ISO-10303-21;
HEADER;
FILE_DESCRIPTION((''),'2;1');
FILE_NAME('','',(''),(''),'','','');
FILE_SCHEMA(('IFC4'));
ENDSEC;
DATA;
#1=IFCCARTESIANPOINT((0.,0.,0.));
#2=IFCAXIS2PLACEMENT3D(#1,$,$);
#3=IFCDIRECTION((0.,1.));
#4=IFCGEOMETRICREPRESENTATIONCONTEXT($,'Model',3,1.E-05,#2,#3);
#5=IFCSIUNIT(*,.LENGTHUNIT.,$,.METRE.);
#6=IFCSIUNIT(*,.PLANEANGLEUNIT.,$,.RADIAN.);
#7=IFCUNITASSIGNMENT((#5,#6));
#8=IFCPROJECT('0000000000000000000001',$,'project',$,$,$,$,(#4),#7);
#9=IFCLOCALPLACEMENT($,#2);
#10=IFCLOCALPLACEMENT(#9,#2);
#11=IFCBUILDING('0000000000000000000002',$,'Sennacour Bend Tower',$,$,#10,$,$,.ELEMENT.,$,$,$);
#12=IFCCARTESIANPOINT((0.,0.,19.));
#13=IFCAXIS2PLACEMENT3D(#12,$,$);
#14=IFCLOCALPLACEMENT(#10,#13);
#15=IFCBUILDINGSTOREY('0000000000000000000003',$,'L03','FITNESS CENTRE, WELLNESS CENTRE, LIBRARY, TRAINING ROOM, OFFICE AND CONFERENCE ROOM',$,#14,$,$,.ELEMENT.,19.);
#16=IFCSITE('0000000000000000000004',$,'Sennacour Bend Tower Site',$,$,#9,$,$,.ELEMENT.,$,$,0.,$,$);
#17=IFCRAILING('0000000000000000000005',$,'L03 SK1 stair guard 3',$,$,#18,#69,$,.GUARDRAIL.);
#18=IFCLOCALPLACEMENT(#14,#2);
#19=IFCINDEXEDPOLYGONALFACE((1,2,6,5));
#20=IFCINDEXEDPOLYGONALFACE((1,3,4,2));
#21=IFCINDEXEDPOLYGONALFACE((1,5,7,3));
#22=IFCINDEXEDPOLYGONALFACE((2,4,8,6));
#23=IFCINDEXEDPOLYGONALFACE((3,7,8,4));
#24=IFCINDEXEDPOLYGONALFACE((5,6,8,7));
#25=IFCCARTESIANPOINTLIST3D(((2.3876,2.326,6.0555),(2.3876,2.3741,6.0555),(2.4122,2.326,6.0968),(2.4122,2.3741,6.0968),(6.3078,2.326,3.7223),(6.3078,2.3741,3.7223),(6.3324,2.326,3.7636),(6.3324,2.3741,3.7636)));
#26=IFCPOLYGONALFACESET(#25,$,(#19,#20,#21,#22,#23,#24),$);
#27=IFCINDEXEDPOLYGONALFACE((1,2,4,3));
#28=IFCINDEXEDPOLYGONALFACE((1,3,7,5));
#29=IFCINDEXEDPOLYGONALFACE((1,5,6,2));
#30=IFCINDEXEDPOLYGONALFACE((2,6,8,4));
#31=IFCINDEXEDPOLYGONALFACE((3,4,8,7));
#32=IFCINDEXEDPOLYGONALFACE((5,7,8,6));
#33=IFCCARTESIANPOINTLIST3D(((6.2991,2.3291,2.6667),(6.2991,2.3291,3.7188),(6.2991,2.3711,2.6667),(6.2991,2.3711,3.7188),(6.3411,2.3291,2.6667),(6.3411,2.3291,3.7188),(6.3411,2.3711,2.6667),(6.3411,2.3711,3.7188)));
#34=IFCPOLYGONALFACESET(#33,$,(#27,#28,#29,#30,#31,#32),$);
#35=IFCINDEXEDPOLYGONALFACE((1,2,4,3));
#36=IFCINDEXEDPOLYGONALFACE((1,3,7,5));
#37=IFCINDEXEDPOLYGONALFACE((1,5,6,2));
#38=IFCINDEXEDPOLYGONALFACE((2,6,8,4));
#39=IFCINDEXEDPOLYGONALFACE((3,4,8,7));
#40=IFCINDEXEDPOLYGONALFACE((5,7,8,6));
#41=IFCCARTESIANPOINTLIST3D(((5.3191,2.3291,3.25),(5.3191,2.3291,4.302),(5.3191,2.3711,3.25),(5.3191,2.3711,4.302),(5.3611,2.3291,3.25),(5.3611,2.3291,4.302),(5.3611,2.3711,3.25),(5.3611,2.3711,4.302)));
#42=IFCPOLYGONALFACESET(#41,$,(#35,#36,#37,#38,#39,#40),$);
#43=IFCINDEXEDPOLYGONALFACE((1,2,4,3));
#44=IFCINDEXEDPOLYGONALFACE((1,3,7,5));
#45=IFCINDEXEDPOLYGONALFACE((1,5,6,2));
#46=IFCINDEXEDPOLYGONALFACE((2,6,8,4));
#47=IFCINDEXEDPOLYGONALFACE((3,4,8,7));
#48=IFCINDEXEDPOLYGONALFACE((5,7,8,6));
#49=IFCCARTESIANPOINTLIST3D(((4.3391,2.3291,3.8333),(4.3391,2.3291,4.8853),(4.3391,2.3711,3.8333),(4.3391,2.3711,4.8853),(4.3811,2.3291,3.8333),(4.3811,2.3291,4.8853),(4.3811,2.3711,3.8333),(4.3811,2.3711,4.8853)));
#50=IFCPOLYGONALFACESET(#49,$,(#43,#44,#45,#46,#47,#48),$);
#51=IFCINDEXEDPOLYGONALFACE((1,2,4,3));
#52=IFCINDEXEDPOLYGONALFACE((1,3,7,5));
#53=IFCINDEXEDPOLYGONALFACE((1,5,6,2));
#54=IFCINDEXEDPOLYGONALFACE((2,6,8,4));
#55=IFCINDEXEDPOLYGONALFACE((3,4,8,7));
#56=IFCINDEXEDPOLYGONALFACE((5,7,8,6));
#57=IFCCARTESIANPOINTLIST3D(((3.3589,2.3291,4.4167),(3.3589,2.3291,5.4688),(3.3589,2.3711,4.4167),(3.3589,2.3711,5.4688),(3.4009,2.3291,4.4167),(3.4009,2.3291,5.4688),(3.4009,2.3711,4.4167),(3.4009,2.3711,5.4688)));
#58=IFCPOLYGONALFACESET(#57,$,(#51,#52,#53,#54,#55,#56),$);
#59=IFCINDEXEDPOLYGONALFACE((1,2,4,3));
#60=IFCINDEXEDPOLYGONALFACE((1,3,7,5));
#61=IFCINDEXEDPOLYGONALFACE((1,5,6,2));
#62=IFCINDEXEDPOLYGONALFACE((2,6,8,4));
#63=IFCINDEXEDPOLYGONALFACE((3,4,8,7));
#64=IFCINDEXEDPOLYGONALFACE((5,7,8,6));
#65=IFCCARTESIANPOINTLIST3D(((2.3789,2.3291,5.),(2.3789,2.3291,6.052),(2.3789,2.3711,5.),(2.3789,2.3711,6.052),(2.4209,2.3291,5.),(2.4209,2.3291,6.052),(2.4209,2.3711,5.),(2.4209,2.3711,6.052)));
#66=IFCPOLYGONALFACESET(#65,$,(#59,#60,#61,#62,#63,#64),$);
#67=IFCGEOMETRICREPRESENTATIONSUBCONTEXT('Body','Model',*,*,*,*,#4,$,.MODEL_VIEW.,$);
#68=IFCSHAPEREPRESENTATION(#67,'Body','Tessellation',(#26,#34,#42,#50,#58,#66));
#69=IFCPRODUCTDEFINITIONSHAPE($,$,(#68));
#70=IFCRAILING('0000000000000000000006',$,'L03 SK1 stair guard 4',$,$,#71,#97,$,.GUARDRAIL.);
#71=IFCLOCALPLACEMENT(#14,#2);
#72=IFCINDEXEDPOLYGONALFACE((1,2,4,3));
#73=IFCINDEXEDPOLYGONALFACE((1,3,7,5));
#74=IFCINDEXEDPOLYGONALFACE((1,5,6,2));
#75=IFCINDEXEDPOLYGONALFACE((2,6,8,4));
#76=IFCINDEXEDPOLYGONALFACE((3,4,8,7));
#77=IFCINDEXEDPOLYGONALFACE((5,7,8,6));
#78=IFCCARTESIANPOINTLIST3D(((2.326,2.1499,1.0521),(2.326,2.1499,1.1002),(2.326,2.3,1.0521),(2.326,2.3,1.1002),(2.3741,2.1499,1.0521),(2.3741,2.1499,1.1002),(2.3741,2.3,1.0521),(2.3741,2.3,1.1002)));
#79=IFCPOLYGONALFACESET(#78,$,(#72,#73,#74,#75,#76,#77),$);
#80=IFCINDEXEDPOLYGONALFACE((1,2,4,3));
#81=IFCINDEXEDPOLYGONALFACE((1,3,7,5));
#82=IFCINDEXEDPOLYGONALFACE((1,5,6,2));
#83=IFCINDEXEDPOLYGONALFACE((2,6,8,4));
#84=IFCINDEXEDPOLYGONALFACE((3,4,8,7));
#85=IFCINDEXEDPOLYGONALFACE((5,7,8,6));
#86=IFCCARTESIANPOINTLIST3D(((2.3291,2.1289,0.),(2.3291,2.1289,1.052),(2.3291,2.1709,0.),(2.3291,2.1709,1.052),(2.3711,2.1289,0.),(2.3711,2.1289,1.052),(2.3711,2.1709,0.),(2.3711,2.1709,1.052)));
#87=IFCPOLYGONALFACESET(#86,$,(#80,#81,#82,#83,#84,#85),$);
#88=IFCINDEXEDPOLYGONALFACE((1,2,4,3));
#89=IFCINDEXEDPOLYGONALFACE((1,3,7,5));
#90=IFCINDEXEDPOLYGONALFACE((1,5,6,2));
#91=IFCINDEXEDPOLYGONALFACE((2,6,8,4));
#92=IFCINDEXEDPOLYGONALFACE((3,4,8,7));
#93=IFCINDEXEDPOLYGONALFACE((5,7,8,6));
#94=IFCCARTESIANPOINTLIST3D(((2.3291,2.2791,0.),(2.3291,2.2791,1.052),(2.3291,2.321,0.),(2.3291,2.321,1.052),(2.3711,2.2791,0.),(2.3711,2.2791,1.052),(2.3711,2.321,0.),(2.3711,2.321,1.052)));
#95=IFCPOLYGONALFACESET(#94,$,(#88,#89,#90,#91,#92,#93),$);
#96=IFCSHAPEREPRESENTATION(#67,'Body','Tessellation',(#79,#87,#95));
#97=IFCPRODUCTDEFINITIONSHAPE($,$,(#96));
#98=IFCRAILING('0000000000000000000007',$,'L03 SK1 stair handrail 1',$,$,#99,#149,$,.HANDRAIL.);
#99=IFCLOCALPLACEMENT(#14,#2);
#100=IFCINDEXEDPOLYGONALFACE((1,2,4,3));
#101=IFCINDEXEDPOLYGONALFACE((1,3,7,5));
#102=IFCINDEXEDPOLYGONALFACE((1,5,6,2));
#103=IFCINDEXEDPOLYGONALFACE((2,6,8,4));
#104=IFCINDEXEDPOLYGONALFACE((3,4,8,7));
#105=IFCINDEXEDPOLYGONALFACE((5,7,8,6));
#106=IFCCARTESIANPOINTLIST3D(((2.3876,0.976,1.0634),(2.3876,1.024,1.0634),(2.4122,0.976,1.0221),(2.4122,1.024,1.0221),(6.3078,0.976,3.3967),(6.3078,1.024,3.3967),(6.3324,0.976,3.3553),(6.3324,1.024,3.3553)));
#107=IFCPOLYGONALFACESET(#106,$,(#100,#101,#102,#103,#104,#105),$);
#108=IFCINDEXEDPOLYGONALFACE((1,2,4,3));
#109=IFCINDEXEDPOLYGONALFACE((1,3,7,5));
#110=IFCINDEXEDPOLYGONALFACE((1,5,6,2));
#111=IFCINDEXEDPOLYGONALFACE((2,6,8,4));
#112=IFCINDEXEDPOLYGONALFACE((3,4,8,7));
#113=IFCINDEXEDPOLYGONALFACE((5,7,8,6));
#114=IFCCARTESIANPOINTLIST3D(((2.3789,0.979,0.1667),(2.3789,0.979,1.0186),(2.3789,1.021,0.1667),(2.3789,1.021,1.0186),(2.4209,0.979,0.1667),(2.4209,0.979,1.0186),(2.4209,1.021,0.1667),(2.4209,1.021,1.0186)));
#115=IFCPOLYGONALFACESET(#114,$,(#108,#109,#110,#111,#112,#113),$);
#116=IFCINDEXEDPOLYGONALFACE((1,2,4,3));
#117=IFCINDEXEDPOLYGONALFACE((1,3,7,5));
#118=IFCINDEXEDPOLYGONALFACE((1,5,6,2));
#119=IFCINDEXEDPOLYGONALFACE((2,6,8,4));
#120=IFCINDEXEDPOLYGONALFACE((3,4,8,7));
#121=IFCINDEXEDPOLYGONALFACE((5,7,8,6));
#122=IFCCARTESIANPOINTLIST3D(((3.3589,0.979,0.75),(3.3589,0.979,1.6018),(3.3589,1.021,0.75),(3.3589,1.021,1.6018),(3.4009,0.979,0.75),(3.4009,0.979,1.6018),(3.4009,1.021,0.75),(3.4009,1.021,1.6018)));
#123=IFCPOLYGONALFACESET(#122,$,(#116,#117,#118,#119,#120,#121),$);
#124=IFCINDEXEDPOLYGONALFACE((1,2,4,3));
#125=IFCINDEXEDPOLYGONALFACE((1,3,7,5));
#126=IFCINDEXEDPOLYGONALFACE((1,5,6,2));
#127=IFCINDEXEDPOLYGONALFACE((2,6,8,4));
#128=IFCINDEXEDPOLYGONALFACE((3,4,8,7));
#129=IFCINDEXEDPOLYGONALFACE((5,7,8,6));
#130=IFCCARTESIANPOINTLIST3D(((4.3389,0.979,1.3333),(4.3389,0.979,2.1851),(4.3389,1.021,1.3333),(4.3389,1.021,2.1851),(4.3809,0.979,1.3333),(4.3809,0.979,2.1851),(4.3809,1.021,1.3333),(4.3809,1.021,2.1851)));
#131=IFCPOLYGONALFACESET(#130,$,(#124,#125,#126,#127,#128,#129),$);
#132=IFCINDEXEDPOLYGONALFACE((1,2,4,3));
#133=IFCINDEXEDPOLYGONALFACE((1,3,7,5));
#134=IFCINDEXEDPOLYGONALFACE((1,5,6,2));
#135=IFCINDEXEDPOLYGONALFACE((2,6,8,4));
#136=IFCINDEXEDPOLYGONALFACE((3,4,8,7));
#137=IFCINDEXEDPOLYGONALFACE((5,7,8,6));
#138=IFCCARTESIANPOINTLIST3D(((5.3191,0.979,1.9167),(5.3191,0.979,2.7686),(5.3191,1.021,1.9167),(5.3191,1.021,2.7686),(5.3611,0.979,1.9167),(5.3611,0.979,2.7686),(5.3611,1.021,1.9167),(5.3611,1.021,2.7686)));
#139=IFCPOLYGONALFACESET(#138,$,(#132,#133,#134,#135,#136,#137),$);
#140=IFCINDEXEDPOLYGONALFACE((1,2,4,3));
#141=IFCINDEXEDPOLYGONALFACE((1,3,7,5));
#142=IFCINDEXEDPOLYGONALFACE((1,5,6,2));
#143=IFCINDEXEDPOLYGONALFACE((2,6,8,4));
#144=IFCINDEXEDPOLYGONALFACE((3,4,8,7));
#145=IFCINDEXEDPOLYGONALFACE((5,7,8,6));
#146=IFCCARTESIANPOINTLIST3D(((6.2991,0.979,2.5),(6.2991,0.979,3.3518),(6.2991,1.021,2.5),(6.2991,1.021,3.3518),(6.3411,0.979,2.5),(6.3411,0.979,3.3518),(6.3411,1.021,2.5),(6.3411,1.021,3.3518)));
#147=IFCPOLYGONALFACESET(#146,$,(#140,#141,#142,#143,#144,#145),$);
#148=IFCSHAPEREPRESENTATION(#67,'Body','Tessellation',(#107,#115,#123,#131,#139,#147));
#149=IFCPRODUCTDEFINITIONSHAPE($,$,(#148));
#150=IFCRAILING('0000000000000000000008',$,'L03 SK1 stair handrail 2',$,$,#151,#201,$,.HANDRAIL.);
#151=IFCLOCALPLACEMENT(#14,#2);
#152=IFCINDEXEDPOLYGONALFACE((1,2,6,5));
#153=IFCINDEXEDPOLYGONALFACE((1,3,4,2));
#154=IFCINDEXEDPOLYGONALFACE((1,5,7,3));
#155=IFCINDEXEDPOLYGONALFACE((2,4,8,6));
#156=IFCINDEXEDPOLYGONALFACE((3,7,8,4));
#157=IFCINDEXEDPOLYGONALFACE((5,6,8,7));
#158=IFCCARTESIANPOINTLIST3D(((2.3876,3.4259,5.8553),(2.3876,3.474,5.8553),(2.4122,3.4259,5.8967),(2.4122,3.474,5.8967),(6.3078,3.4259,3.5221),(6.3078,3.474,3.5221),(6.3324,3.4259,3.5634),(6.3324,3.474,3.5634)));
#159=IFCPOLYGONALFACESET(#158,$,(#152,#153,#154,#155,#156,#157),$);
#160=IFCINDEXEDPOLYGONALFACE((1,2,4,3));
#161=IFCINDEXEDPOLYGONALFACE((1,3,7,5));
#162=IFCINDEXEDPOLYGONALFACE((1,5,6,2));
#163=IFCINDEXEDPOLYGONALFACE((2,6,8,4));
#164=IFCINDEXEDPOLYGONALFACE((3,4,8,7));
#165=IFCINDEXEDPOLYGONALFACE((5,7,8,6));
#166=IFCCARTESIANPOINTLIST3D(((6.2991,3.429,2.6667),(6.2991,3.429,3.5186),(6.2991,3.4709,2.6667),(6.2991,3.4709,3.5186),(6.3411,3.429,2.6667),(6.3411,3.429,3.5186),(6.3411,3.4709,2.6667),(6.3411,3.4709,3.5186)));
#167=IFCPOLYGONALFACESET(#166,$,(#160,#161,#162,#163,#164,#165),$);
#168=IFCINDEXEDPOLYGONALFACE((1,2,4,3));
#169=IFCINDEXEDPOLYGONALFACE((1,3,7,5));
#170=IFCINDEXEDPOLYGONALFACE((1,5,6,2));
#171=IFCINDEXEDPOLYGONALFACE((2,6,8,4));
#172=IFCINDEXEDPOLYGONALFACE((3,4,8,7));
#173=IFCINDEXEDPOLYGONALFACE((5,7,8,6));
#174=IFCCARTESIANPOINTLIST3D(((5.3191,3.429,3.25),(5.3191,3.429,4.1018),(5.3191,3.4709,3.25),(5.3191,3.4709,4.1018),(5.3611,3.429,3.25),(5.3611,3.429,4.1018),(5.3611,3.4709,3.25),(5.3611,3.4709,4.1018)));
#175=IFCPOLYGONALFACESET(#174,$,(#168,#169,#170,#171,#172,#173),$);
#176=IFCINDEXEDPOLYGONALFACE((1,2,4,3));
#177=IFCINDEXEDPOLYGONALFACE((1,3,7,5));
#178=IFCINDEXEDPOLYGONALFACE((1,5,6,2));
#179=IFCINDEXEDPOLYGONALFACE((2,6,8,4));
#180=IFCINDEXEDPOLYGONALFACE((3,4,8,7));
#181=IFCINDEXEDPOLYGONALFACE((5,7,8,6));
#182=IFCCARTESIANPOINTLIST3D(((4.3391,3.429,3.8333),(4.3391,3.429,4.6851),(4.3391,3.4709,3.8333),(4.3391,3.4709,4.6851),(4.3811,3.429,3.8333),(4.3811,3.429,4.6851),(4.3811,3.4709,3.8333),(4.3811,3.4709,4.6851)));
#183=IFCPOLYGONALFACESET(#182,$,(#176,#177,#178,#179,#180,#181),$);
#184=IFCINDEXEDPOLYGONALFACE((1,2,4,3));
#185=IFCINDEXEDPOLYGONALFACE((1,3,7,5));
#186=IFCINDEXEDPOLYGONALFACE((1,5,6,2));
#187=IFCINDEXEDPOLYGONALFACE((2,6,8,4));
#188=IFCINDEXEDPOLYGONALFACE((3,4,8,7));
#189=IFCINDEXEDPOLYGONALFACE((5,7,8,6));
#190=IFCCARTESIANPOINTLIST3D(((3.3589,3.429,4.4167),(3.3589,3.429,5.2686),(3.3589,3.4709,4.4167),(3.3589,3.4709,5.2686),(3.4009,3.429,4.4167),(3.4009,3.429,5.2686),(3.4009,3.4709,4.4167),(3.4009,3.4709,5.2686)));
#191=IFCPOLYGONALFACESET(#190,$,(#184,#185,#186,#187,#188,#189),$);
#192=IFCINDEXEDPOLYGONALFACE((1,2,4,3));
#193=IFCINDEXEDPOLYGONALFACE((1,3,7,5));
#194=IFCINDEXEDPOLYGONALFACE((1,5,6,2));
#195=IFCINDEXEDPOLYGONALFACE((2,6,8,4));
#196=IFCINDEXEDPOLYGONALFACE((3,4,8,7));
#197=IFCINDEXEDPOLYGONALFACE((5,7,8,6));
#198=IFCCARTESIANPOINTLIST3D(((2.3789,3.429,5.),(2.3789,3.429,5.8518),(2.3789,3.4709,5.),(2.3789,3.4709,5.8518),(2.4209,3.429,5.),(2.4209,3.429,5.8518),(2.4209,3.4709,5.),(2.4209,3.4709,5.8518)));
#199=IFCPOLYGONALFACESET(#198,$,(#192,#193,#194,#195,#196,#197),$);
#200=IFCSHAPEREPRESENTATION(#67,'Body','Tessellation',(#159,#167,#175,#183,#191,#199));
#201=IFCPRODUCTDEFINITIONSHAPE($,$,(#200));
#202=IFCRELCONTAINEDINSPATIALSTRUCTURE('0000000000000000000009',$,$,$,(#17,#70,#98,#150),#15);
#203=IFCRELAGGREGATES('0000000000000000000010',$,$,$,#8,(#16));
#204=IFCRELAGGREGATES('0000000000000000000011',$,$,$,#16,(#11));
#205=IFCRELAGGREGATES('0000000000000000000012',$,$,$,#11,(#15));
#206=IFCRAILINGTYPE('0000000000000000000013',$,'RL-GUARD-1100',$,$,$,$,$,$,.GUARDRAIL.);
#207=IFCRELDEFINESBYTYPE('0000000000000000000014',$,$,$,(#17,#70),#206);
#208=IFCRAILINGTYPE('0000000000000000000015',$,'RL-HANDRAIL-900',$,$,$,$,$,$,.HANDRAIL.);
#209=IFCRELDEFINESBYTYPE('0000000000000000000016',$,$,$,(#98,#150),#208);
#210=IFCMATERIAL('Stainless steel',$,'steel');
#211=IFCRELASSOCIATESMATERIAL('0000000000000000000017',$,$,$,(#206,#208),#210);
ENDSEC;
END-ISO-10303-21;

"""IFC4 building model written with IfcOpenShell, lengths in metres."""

from ifc_helpers import new_model, si_unit, direction, frame, origin, origin_2d, place, context, subcontext, project, spatial, rectangle, extrude, material, type_object, element, save


model = new_model("IFC4")

# Units and contexts
model_context = context("Model", 3, precision=1e-05, world=origin(), true_north=direction((0.0, 1.0)))
body_context = subcontext(model_context, "Body", "Model", "MODEL_VIEW")
ifc_project = project(units=[si_unit("LENGTHUNIT", "METRE"), si_unit("PLANEANGLEUNIT", "RADIAN")], contexts=[model_context])

# Site, building, storey
site_placement = place(None, origin())
site = spatial("IfcSite", under=ifc_project, at=site_placement, Name="Sennacour Bend Tower Site", CompositionType="ELEMENT", RefElevation=0.0)
building_placement = place(site_placement, origin())
building = spatial("IfcBuilding", under=site, at=building_placement, Name="Sennacour Bend Tower", CompositionType="ELEMENT")
storey_placement = place(building_placement, frame((0.0, 0.0, 19.0)))
storey = spatial("IfcBuildingStorey", under=building, at=storey_placement, Name="L03", Description="FITNESS CENTRE, WELLNESS CENTRE, LIBRARY, TRAINING ROOM, OFFICE AND CONFERENCE ROOM", CompositionType="ELEMENT", Elevation=19.0)

# Railings
ifc_material_1 = material(Name="Stainless steel", Category="steel")
railing_type_1 = type_object("IfcRailingType", Name="RL-GUARD-1100", PredefinedType="GUARDRAIL", material=ifc_material_1)
railing_1_placement = place(storey_placement, frame((6.3201, 2.3501, 2.6667)))
element("IfcRailing", 1, at=railing_1_placement, inside=storey, type_object=railing_type_1, Name="L03 SK1 stair guard 3", PredefinedType="GUARDRAIL", context=body_context, shape_type="SweptSolid", body=[
    extrude(rectangle(XDim=0.0481, YDim=0.0481, at=origin_2d()), frame((0.0, 0.0, 1.0762), z_axis=(-0.85931, 0.0, 0.511455), x_axis=(0.0, -1.0, 0.0)), (0.0, 0.0, 1.0), 4.562),
    extrude(rectangle(XDim=0.042, YDim=0.042, at=origin_2d()), origin(), (0.0, 0.0, 1.0), 1.052),
    extrude(rectangle(XDim=0.042, YDim=0.042, at=origin_2d()), frame((-0.98, 0.0, 0.5833)), (0.0, 0.0, 1.0), 1.052),
    extrude(rectangle(XDim=0.042, YDim=0.042, at=origin_2d()), frame((-1.96, 0.0, 1.1665)), (0.0, 0.0, 1.0), 1.052),
    extrude(rectangle(XDim=0.042, YDim=0.042, at=origin_2d()), frame((-2.9402, 0.0, 1.75)), (0.0, 0.0, 1.0), 1.052),
    extrude(rectangle(XDim=0.042, YDim=0.042, at=origin_2d()), frame((-3.9202, 0.0, 2.3333)), (0.0, 0.0, 1.0), 1.052),
])
railing_2_placement = place(storey_placement, frame((2.3501, 2.1499, 0.0)))
element("IfcRailing", 2, at=railing_2_placement, inside=storey, type_object=railing_type_1, Name="L03 SK1 stair guard 4", PredefinedType="GUARDRAIL", context=body_context, shape_type="SweptSolid", body=[
    extrude(rectangle(XDim=0.0481, YDim=0.0481, at=origin_2d()), frame((0.0, 0.0, 1.0762), z_axis=(0.0, 1.0, 0.0), x_axis=(-1.0, 0.0, 0.0)), (0.0, 0.0, 1.0), 0.1501),
    extrude(rectangle(XDim=0.042, YDim=0.042, at=origin_2d()), origin(), (0.0, 0.0, 1.0), 1.052),
    extrude(rectangle(XDim=0.042, YDim=0.042, at=origin_2d()), frame((0.0, 0.1501, 0.0)), (0.0, 0.0, 1.0), 1.052),
])
railing_type_2 = type_object("IfcRailingType", Name="RL-HANDRAIL-900", PredefinedType="HANDRAIL", material=ifc_material_1)
railing_3_placement = place(storey_placement, frame((2.3999, 1.0, 0.1667)))
element("IfcRailing", 3, at=railing_3_placement, inside=storey, type_object=railing_type_2, Name="L03 SK1 stair handrail 1", PredefinedType="HANDRAIL", context=body_context, shape_type="SweptSolid", body=[
    extrude(rectangle(XDim=0.0481, YDim=0.0481, at=origin_2d()), frame((0.0, 0.0, 0.876), z_axis=(0.85931, 0.0, 0.511455), x_axis=(0.0, 1.0, 0.0)), (0.0, 0.0, 1.0), 4.562),
    extrude(rectangle(XDim=0.042, YDim=0.042, at=origin_2d()), origin(), (0.0, 0.0, 1.0), 0.8518),
    extrude(rectangle(XDim=0.042, YDim=0.042, at=origin_2d()), frame((0.98, 0.0, 0.5833)), (0.0, 0.0, 1.0), 0.8518),
    extrude(rectangle(XDim=0.042, YDim=0.042, at=origin_2d()), frame((1.96, 0.0, 1.1665)), (0.0, 0.0, 1.0), 0.8518),
    extrude(rectangle(XDim=0.042, YDim=0.042, at=origin_2d()), frame((2.9402, 0.0, 1.75)), (0.0, 0.0, 1.0), 0.8518),
    extrude(rectangle(XDim=0.042, YDim=0.042, at=origin_2d()), frame((3.9202, 0.0, 2.3333)), (0.0, 0.0, 1.0), 0.8518),
])
railing_4_placement = place(storey_placement, frame((6.3201, 3.45, 2.6667)))
element("IfcRailing", 4, at=railing_4_placement, inside=storey, type_object=railing_type_2, Name="L03 SK1 stair handrail 2", PredefinedType="HANDRAIL", context=body_context, shape_type="SweptSolid", body=[
    extrude(rectangle(XDim=0.0481, YDim=0.0481, at=origin_2d()), frame((0.0, 0.0, 0.876), z_axis=(-0.85931, 0.0, 0.511455), x_axis=(0.0, -1.0, 0.0)), (0.0, 0.0, 1.0), 4.562),
    extrude(rectangle(XDim=0.042, YDim=0.042, at=origin_2d()), origin(), (0.0, 0.0, 1.0), 0.8518),
    extrude(rectangle(XDim=0.042, YDim=0.042, at=origin_2d()), frame((-0.98, 0.0, 0.5833)), (0.0, 0.0, 1.0), 0.8518),
    extrude(rectangle(XDim=0.042, YDim=0.042, at=origin_2d()), frame((-1.96, 0.0, 1.1665)), (0.0, 0.0, 1.0), 0.8518),
    extrude(rectangle(XDim=0.042, YDim=0.042, at=origin_2d()), frame((-2.9402, 0.0, 1.75)), (0.0, 0.0, 1.0), 0.8518),
    extrude(rectangle(XDim=0.042, YDim=0.042, at=origin_2d()), frame((-3.9202, 0.0, 2.3333)), (0.0, 0.0, 1.0), 0.8518),
])

save(model, "model.ifc")
